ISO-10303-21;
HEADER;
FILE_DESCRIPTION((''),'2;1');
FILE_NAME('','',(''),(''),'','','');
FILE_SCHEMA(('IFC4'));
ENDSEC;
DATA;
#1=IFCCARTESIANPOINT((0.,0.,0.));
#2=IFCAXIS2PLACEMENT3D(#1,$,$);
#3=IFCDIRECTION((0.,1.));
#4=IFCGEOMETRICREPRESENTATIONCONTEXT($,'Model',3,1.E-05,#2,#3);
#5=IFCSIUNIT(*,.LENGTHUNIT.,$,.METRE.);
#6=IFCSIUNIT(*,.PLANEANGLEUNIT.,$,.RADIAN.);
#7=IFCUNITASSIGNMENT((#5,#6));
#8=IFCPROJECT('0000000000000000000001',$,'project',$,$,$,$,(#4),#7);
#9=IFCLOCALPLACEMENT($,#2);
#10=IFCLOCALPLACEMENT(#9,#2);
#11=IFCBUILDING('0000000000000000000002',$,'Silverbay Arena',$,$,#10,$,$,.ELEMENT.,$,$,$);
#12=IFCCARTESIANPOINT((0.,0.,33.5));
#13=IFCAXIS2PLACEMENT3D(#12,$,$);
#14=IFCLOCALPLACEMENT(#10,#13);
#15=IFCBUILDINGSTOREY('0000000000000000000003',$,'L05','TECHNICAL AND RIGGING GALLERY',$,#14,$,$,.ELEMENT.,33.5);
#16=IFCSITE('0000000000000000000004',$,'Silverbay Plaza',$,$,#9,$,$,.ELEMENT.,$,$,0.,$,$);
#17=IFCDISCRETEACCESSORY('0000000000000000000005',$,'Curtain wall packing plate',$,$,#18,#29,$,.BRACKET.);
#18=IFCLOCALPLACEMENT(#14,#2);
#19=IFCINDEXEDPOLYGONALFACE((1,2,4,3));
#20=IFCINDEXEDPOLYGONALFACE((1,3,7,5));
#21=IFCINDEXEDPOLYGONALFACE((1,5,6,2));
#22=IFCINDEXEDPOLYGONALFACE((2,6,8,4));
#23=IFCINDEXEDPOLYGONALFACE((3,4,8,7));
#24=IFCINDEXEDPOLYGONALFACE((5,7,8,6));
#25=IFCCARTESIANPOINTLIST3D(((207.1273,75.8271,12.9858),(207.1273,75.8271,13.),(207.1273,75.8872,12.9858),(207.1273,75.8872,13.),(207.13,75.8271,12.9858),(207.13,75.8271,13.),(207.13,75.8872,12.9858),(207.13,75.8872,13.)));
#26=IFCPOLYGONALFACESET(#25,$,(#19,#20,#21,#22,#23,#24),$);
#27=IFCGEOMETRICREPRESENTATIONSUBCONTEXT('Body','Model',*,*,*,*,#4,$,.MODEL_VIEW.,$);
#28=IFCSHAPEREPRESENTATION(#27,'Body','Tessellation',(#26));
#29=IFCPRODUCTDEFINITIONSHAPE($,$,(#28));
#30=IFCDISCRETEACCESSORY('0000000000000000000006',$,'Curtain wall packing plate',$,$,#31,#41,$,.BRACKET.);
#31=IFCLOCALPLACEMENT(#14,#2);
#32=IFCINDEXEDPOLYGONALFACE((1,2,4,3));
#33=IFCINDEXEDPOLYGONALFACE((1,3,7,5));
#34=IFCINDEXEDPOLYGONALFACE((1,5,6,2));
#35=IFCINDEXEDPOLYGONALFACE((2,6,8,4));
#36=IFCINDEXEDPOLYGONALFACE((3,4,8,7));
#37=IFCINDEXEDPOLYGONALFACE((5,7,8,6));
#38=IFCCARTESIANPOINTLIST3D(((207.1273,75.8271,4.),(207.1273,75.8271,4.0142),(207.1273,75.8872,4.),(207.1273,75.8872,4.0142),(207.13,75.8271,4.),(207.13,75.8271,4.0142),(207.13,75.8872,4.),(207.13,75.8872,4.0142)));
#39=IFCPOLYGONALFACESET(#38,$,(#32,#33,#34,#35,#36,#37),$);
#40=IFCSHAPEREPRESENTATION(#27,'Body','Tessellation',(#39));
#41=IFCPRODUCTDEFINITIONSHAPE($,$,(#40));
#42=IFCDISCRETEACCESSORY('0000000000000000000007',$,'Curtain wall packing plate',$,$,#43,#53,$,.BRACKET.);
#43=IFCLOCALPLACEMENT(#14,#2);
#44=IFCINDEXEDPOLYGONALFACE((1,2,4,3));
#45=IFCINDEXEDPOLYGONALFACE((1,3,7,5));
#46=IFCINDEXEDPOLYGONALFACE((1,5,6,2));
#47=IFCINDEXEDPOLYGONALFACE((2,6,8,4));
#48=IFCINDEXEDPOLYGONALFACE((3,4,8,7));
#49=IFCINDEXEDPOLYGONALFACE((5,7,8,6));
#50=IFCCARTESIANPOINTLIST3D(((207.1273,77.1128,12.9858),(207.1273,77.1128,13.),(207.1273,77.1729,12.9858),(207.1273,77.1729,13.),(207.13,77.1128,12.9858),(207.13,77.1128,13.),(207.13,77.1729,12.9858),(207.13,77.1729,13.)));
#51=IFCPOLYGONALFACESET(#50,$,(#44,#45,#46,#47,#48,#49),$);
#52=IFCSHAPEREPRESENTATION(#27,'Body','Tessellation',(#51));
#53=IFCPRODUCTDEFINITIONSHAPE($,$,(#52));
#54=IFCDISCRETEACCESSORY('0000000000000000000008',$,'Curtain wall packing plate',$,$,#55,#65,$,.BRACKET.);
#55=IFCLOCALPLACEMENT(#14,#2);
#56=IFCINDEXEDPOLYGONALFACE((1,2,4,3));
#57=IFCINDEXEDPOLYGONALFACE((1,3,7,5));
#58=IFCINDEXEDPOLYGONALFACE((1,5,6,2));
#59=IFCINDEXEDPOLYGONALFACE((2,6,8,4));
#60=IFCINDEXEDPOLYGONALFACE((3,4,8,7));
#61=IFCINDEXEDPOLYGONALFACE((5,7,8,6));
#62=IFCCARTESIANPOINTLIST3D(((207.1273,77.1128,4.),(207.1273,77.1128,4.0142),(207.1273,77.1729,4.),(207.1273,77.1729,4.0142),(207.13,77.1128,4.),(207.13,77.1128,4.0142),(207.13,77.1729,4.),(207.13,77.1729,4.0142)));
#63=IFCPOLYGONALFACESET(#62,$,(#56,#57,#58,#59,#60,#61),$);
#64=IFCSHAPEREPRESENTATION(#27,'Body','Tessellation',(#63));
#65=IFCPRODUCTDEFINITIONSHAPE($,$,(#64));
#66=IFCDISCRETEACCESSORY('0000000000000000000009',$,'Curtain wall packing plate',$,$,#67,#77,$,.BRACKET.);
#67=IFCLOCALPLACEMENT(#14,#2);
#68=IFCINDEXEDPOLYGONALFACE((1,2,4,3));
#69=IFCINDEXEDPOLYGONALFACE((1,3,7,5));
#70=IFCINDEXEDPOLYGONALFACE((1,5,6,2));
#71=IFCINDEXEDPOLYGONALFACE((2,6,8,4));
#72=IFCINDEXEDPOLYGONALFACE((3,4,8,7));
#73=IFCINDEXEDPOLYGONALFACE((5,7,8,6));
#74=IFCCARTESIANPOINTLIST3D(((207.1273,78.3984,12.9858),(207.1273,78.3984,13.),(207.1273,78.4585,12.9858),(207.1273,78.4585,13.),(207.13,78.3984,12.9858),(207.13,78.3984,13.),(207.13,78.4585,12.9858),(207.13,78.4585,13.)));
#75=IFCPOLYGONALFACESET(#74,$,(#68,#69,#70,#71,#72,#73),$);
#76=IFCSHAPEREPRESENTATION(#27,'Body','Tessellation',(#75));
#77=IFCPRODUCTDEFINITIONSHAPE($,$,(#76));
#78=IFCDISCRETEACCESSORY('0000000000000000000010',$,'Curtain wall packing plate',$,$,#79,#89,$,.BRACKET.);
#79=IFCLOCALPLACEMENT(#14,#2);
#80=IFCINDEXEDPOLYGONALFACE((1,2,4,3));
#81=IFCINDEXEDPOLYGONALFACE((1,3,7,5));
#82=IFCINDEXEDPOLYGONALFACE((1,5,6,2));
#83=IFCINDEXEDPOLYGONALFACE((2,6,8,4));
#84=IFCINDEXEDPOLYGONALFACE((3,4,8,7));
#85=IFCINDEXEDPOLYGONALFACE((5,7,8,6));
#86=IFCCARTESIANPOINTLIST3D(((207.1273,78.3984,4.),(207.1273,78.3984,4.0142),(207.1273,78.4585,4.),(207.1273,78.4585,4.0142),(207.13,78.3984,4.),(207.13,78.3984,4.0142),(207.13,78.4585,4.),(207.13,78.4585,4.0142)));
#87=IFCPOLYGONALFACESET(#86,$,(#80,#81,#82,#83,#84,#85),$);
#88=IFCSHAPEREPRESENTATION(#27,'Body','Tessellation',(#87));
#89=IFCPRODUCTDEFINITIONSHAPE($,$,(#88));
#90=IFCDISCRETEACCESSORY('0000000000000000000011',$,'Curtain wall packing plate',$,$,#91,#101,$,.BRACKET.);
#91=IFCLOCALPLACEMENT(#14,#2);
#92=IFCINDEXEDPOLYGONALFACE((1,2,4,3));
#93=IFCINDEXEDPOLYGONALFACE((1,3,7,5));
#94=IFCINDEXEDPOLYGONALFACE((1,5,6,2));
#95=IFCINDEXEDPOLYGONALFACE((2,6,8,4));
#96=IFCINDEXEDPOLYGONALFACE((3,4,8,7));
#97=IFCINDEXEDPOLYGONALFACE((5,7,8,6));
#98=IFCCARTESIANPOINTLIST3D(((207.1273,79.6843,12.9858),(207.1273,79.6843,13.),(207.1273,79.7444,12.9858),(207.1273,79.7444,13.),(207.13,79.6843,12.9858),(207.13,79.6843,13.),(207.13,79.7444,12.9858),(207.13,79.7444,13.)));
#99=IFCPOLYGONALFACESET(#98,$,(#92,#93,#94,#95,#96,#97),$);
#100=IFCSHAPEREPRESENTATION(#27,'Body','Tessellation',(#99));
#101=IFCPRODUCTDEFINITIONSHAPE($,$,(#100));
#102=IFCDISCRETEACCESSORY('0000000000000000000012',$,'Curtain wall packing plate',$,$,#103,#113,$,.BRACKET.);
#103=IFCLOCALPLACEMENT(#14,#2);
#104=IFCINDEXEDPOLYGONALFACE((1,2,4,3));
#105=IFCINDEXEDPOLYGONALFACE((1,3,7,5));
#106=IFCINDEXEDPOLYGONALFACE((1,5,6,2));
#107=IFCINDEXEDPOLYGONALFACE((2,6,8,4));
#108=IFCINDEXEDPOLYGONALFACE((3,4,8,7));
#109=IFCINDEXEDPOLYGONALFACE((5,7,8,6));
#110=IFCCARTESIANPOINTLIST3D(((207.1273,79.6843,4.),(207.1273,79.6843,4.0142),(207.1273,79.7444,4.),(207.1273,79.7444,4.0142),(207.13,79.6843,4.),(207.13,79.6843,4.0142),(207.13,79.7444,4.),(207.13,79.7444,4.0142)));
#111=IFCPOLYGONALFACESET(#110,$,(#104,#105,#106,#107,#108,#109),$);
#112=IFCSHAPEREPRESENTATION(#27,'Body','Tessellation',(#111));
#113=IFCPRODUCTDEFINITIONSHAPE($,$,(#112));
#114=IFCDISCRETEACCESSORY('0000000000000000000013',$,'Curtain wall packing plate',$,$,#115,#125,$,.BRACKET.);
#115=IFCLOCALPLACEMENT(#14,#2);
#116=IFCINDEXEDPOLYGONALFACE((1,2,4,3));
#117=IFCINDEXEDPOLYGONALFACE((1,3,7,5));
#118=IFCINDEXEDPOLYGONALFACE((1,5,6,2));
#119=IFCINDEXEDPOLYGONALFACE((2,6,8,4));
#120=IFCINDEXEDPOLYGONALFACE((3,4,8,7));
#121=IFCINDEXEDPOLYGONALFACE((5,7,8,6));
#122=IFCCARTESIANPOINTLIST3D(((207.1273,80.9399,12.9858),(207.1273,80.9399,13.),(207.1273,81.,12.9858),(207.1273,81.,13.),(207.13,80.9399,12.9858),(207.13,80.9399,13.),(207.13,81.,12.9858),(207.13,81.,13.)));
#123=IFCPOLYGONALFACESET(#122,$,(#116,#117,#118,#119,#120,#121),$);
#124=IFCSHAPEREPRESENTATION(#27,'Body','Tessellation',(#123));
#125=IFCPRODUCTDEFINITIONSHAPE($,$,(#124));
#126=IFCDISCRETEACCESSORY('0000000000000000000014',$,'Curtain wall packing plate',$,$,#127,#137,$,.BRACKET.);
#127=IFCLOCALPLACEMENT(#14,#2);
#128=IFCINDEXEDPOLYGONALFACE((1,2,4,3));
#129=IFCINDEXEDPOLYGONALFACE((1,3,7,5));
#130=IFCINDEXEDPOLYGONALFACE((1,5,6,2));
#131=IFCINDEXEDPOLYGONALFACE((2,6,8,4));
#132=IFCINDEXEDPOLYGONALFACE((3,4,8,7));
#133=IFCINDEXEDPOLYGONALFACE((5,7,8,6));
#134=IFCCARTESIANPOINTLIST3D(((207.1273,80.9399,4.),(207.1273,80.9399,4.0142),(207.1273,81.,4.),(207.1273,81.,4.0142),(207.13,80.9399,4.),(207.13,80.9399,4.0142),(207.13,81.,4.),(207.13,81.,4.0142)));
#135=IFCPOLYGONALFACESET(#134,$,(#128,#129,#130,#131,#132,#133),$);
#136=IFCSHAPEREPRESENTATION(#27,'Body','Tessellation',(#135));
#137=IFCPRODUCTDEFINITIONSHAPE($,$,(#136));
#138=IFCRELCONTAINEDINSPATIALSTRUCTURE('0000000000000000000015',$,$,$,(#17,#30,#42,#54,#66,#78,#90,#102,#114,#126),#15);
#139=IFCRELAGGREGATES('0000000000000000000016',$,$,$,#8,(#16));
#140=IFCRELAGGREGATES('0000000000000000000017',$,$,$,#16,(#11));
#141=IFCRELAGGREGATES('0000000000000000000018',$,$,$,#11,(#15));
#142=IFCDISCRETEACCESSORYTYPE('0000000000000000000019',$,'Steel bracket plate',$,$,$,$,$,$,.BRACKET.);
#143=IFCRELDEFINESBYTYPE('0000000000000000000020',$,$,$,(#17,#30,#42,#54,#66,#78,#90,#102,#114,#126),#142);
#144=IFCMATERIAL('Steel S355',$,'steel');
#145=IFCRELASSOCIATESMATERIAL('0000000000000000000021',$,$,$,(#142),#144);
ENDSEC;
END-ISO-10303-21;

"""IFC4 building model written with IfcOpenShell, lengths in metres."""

from ifc_helpers import new_model, si_unit, direction, frame, origin, origin_2d, place, context, subcontext, project, spatial, rectangle, extrude, material, type_object, element, save


model = new_model("IFC4")

# Units and contexts
model_context = context("Model", 3, precision=1e-05, world=origin(), true_north=direction((0.0, 1.0)))
body_context = subcontext(model_context, "Body", "Model", "MODEL_VIEW")
ifc_project = project(units=[si_unit("LENGTHUNIT", "METRE"), si_unit("PLANEANGLEUNIT", "RADIAN")], contexts=[model_context])

# Site, building, storey
site_placement = place(None, origin())
site = spatial("IfcSite", under=ifc_project, at=site_placement, Name="Silverbay Plaza", CompositionType="ELEMENT", RefElevation=0.0)
building_placement = place(site_placement, origin())
building = spatial("IfcBuilding", under=site, at=building_placement, Name="Silverbay Arena", CompositionType="ELEMENT")
storey_placement = place(building_placement, frame((0.0, 0.0, 33.5)))
storey = spatial("IfcBuildingStorey", under=building, at=storey_placement, Name="L05", Description="TECHNICAL AND RIGGING GALLERY", CompositionType="ELEMENT", Elevation=33.5)

# Discrete accessories
ifc_material_1 = material(Name="Steel S355", Category="steel")
discrete_accessory_type_1 = type_object("IfcDiscreteAccessoryType", Name="Steel bracket plate", PredefinedType="BRACKET", material=ifc_material_1)
for number, where, z_axis, x_axis, name in (
    (1, (207.1287, 75.8572, 12.9858), (0.0, 0.0, 1.0), (1.0, 0.0, 0.0), "Curtain wall packing plate"),
    (2, (207.1287, 75.8572, 4.0), (0.0, 0.0, 1.0), (1.0, 0.0, 0.0), "Curtain wall packing plate"),
    (3, (207.1287, 77.1428, 12.9858), (0.0, 0.0, 1.0), (1.0, 0.0, 0.0), "Curtain wall packing plate"),
    (4, (207.1287, 77.1428, 4.0), (0.0, 0.0, 1.0), (1.0, 0.0, 0.0), "Curtain wall packing plate"),
    (5, (207.1287, 78.4285, 12.9858), (0.0, 0.0, 1.0), (1.0, 0.0, 0.0), "Curtain wall packing plate"),
    (6, (207.1287, 78.4285, 4.0), (0.0, 0.0, 1.0), (1.0, 0.0, 0.0), "Curtain wall packing plate"),
    (7, (207.1287, 79.7144, 12.9858), (0.0, 0.0, 1.0), (1.0, 0.0, 0.0), "Curtain wall packing plate"),
    (8, (207.1287, 79.7144, 4.0), (0.0, 0.0, 1.0), (1.0, 0.0, 0.0), "Curtain wall packing plate"),
    (9, (207.1287, 80.97, 12.9858), (0.0, 0.0, 1.0), (1.0, 0.0, 0.0), "Curtain wall packing plate"),
    (10, (207.1287, 80.97, 4.0), (0.0, 0.0, 1.0), (1.0, 0.0, 0.0), "Curtain wall packing plate"),
):
    element("IfcDiscreteAccessory", number, at=place(storey_placement, frame(where, z_axis=z_axis, x_axis=x_axis)), inside=storey, type_object=discrete_accessory_type_1, Name=name, PredefinedType="BRACKET", context=body_context, shape_type="SweptSolid", body=[
        extrude(rectangle(XDim=0.0027, YDim=0.0601, at=origin_2d()), origin(), (0.0, 0.0, 1.0), 0.0142),
    ])

save(model, "model.ifc")
